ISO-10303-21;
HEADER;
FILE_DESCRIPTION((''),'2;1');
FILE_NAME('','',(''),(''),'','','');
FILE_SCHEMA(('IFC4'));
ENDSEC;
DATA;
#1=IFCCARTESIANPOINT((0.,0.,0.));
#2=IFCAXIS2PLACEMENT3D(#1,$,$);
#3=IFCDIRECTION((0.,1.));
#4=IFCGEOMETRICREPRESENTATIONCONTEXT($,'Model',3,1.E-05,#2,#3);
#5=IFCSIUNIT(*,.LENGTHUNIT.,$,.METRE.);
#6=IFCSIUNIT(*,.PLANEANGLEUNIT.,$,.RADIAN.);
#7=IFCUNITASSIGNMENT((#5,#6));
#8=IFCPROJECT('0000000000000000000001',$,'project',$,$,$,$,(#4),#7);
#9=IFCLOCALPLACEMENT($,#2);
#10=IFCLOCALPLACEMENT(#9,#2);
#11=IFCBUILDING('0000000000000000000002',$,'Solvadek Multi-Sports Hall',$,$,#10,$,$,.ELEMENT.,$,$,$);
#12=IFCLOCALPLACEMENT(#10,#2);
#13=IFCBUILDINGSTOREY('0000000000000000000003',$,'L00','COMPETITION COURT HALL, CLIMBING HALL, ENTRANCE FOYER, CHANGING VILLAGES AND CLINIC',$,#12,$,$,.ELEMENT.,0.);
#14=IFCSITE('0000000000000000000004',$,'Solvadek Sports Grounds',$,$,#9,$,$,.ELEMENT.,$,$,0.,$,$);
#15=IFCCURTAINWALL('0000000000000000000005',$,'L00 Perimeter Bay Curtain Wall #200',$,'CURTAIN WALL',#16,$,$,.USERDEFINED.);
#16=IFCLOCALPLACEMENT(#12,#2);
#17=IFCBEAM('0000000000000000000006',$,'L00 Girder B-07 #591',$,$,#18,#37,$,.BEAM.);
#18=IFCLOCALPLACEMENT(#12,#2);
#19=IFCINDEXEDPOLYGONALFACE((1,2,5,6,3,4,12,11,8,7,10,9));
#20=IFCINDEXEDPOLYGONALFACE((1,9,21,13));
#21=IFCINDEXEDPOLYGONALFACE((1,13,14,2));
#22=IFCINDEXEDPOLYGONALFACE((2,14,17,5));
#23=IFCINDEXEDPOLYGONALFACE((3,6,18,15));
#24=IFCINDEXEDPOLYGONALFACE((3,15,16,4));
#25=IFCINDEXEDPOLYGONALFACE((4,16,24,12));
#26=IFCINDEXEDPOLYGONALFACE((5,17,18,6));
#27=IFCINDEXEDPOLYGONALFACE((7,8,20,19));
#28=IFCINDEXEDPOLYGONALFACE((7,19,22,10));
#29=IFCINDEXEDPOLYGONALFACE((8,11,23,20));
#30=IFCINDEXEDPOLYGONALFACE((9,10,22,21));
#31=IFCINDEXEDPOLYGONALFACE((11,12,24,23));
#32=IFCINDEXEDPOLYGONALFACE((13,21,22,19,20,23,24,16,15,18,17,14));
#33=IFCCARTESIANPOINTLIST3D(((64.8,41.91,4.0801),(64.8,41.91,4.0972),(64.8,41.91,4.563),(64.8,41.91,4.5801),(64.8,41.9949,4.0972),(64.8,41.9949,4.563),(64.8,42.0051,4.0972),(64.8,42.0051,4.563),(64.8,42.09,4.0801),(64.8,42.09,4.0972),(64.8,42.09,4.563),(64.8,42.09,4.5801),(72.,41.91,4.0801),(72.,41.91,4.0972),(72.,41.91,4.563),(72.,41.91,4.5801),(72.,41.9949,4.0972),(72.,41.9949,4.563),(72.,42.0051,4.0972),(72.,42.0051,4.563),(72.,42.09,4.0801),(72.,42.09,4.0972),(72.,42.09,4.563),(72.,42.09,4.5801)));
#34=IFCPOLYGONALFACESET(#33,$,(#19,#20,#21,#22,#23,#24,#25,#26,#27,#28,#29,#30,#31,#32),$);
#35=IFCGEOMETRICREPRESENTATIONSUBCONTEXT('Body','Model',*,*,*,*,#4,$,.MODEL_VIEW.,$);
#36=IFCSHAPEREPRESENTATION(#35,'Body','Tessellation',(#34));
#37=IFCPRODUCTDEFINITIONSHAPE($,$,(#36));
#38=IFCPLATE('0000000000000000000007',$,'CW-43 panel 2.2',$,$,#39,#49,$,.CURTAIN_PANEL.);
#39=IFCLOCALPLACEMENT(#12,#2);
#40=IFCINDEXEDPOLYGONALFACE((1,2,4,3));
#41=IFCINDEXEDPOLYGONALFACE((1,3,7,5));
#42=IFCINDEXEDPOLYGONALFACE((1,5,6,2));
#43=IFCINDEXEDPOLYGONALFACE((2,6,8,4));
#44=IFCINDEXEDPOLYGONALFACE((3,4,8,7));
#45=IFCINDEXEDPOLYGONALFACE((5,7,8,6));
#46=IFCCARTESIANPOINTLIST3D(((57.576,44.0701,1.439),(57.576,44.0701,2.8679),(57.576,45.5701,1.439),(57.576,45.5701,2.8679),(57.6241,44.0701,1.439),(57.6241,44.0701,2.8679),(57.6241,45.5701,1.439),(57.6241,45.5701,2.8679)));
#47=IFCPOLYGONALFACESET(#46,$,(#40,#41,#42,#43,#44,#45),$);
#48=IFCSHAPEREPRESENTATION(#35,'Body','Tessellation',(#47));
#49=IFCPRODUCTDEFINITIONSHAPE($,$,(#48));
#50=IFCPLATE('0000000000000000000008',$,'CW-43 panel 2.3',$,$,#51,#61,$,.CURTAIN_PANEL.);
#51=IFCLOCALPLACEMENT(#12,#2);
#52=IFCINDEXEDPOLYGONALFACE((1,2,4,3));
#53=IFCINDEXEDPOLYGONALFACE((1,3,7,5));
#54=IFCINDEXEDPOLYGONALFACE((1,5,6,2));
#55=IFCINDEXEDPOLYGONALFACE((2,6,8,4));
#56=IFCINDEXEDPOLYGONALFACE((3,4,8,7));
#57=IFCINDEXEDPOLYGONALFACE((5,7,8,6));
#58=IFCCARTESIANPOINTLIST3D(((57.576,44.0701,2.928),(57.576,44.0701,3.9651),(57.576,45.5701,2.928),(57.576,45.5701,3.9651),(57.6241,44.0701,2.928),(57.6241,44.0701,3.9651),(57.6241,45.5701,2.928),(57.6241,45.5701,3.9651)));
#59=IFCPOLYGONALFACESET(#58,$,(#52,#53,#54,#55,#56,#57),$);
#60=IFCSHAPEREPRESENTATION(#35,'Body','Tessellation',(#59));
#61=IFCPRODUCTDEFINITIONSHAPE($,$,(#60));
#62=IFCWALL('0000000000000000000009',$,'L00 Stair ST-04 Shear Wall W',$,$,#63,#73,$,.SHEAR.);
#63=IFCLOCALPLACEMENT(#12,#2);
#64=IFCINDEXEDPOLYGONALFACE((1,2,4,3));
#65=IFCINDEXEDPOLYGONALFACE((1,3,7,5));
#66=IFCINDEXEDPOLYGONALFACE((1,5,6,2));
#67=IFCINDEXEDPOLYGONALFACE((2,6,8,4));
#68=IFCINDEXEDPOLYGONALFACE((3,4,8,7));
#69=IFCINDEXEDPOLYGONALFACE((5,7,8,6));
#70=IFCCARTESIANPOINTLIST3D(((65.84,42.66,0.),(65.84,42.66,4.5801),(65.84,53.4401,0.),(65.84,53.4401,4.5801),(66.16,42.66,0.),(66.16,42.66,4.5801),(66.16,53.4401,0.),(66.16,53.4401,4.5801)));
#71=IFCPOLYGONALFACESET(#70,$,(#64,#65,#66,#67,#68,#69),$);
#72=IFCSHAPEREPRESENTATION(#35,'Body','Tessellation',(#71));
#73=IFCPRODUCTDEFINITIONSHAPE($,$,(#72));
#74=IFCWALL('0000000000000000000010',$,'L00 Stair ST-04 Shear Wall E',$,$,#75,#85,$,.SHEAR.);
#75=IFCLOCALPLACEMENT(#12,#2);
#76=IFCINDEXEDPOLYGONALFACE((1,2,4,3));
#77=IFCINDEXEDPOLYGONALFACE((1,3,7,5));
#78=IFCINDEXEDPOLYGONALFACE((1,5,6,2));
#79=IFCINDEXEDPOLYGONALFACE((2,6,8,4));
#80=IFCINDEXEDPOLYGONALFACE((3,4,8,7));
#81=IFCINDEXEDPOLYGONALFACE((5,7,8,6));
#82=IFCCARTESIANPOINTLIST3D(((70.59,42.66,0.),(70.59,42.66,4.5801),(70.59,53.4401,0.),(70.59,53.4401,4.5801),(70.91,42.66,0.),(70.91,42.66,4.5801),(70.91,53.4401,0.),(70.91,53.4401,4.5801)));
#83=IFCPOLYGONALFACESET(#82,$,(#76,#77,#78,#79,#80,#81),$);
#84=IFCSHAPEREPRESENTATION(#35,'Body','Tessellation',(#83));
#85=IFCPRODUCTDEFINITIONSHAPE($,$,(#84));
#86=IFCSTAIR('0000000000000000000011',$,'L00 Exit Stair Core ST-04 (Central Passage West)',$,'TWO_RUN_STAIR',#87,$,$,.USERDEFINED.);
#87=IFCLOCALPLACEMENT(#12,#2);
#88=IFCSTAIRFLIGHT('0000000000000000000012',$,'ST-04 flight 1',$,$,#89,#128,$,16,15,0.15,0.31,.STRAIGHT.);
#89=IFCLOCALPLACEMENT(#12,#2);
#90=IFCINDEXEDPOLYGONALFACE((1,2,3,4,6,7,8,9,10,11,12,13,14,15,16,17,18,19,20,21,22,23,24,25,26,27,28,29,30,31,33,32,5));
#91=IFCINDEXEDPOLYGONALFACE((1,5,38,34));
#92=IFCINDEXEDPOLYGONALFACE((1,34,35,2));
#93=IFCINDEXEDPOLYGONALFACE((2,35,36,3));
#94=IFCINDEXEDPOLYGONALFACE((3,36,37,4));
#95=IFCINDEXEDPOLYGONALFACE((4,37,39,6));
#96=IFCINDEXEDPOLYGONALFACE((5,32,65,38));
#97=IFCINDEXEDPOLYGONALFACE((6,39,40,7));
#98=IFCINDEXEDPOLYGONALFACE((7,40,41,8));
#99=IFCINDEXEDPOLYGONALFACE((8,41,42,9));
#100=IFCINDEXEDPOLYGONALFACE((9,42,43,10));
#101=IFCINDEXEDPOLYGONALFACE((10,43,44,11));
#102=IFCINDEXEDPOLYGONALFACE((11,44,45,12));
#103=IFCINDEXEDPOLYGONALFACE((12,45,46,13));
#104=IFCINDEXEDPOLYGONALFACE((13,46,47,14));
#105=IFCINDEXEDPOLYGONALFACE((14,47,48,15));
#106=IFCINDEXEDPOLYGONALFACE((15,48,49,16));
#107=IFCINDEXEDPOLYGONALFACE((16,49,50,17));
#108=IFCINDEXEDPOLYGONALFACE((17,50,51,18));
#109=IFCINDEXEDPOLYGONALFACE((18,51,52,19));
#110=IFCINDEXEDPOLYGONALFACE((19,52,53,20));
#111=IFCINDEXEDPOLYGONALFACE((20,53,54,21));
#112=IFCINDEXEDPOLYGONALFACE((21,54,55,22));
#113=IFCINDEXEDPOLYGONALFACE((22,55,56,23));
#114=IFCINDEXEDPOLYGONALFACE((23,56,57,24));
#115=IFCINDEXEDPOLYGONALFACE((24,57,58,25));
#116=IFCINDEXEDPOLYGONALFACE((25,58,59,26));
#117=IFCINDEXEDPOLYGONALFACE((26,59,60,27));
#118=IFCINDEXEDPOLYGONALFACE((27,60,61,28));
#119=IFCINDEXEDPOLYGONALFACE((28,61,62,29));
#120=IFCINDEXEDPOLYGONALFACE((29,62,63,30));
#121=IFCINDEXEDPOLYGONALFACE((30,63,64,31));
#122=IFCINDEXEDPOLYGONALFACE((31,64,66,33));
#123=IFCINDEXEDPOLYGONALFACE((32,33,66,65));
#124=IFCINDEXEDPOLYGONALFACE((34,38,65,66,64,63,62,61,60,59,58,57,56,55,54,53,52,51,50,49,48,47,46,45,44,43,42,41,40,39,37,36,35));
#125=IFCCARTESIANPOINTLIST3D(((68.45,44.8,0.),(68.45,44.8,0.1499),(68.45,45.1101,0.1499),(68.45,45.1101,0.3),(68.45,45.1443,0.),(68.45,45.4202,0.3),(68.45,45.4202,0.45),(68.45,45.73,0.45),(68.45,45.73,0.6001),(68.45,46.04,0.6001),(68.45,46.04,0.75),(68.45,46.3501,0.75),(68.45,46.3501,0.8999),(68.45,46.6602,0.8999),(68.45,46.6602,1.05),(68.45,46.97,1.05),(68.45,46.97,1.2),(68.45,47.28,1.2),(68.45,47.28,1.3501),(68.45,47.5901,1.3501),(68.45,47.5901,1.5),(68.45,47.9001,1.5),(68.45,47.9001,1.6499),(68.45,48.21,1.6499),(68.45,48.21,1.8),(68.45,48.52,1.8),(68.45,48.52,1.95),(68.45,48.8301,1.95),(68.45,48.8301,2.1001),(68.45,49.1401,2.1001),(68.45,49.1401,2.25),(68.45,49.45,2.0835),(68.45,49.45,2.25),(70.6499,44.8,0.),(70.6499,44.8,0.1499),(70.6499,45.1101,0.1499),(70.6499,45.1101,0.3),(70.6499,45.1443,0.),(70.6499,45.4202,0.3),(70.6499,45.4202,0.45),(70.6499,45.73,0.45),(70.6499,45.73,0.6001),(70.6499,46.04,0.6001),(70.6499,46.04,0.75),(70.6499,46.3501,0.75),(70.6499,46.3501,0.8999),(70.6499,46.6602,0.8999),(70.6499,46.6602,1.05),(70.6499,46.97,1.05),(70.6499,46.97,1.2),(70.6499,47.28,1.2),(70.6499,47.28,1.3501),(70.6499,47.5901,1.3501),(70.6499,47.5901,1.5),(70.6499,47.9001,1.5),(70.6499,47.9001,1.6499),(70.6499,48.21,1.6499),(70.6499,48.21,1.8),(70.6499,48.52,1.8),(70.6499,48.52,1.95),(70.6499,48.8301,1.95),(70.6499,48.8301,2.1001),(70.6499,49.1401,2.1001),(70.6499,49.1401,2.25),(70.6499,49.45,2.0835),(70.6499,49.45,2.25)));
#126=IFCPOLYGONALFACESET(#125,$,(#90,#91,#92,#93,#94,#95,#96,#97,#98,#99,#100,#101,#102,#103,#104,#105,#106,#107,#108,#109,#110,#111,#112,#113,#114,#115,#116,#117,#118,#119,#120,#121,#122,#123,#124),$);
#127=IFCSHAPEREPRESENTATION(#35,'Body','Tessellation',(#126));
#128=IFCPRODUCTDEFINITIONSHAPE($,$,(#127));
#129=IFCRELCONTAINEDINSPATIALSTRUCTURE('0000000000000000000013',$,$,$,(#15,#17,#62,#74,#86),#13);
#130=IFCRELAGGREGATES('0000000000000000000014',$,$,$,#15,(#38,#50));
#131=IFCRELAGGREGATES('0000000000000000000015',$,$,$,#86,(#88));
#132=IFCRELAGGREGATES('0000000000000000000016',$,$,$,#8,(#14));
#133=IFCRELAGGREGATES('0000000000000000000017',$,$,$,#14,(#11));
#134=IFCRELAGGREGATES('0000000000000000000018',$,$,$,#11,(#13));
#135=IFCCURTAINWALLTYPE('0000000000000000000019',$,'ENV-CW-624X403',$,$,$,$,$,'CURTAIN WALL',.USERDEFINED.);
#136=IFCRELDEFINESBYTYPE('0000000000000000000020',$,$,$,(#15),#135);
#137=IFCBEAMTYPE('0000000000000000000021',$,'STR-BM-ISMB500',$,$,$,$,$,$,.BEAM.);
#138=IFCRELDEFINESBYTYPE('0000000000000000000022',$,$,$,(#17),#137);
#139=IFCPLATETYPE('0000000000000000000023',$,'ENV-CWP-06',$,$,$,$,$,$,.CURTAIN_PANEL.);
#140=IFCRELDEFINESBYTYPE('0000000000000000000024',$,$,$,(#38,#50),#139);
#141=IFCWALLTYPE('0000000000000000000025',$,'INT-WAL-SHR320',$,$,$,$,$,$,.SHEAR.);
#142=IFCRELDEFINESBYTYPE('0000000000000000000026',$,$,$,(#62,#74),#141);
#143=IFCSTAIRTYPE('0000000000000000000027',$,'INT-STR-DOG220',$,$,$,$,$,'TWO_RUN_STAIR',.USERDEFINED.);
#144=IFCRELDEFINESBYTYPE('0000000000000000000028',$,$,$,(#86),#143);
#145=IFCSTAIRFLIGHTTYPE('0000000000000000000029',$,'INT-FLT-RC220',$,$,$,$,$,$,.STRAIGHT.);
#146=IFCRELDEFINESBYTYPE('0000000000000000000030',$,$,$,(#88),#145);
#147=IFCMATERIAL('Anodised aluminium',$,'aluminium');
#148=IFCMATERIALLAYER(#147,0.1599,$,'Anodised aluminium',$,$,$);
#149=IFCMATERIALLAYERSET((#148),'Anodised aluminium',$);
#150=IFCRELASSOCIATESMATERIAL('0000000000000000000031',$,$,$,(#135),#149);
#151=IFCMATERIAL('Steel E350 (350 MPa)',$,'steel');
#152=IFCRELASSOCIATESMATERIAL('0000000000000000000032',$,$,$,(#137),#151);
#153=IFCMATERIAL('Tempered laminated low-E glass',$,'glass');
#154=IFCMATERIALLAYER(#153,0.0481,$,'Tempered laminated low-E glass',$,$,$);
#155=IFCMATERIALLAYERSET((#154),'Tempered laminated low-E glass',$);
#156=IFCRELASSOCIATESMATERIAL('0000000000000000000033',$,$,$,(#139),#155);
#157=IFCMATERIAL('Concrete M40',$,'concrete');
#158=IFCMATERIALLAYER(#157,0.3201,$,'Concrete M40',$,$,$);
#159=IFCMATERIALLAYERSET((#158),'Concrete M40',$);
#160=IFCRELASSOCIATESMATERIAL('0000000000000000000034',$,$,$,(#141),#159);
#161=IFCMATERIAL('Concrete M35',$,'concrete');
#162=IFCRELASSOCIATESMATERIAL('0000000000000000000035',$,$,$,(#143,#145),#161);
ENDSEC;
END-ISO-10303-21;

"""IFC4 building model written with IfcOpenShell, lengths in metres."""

from ifc_helpers import new_model, si_unit, direction, frame, frame_2d, origin, origin_2d, place, context, subcontext, project, spatial, polyline, rectangle, i_section, outline, extrude, material, layer, layer_set, material_profile, profile_set, type_object, element, aggregate, save


model = new_model("IFC4")

# Units and contexts
model_context = context("Model", 3, precision=1e-05, world=origin(), true_north=direction((0.0, 1.0)))
body_context = subcontext(model_context, "Body", "Model", "MODEL_VIEW")
ifc_project = project(units=[si_unit("LENGTHUNIT", "METRE"), si_unit("PLANEANGLEUNIT", "RADIAN")], contexts=[model_context])

# Site, building, storey
site_placement = place(None, origin())
site = spatial("IfcSite", under=ifc_project, at=site_placement, Name="Solvadek Sports Grounds", CompositionType="ELEMENT", RefElevation=0.0)
building_placement = place(site_placement, origin())
building = spatial("IfcBuilding", under=site, at=building_placement, Name="Solvadek Multi-Sports Hall", CompositionType="ELEMENT")
storey_placement = place(building_placement, origin())
storey = spatial("IfcBuildingStorey", under=building, at=storey_placement, Name="L00", Description="COMPETITION COURT HALL, CLIMBING HALL, ENTRANCE FOYER, CHANGING VILLAGES AND CLINIC", CompositionType="ELEMENT", Elevation=0.0)

# Shared definitions
ifc_material_1 = material(Name="Steel E350 (350 MPa)", Category="steel")

# Curtain wall
ifc_material_2 = material(Name="Anodised aluminium", Category="aluminium")
ifc_layer_1 = layer(ifc_material_2, 0.1599, Name="Anodised aluminium")
ifc_layer_set_1 = layer_set([ifc_layer_1], Name="Anodised aluminium")
curtain_wall_type = type_object("IfcCurtainWallType", Name="ENV-CW-624X403", ElementType="CURTAIN WALL", PredefinedType="USERDEFINED", material=ifc_layer_set_1)
curtain_wall_placement = place(storey_placement, origin())
curtain_wall = element("IfcCurtainWall", 1, at=curtain_wall_placement, inside=storey, type_object=curtain_wall_type, Name="L00 Perimeter Bay Curtain Wall #200", ObjectType="CURTAIN WALL", PredefinedType="USERDEFINED")

# Beam
ifc_material_profile_1 = material_profile(ifc_material_1, i_section(OverallWidth=0.1799, OverallDepth=0.5, WebThickness=0.0103, FlangeThickness=0.0171, at=origin_2d()), Name="ISMB 500")
ifc_profile_set_1 = profile_set([ifc_material_profile_1], Name="Steel E350 (350 MPa)")
beam_type_1 = type_object("IfcBeamType", Name="STR-BM-ISMB500", PredefinedType="BEAM", material=ifc_profile_set_1)
beam_placement = place(storey_placement, frame((64.8, 42.0, 4.3301), z_axis=(1.0, 0.0, 0.0), x_axis=(0.0, 1.0, 0.0)))
element("IfcBeam", 2, at=beam_placement, inside=storey, type_object=beam_type_1, Name="L00 Girder B-07 #591", PredefinedType="BEAM", context=body_context, shape_type="SweptSolid", body=[
    extrude(i_section(OverallWidth=0.1799, OverallDepth=0.5, WebThickness=0.0103, FlangeThickness=0.0171, at=origin_2d()), origin(), (0.0, 0.0, 1.0), 7.2),
])

# Plates
ifc_material_3 = material(Name="Tempered laminated low-E glass", Category="glass")
ifc_layer_2 = layer(ifc_material_3, 0.0481, Name="Tempered laminated low-E glass")
ifc_layer_set_2 = layer_set([ifc_layer_2], Name="Tempered laminated low-E glass")
plate_type = type_object("IfcPlateType", Name="ENV-CWP-06", PredefinedType="CURTAIN_PANEL", material=ifc_layer_set_2)
plate_1_placement = place(storey_placement, frame((57.6001, 44.8201, 1.439), z_axis=(0.0, 0.0, 1.0), x_axis=(0.0, 1.0, 0.0)))
plate_1 = element("IfcPlate", 3, at=plate_1_placement, type_object=plate_type, Name="CW-43 panel 2.2", PredefinedType="CURTAIN_PANEL", context=body_context, shape_type="SweptSolid", body=[
    extrude(rectangle(XDim=1.5, YDim=0.0481, at=origin_2d()), origin(), (0.0, 0.0, 1.0), 1.429),
])
plate_2_placement = place(storey_placement, frame((57.6001, 44.8201, 2.928), z_axis=(0.0, 0.0, 1.0), x_axis=(0.0, 1.0, 0.0)))
plate_2 = element("IfcPlate", 4, at=plate_2_placement, type_object=plate_type, Name="CW-43 panel 2.3", PredefinedType="CURTAIN_PANEL", context=body_context, shape_type="SweptSolid", body=[
    extrude(rectangle(XDim=1.5, YDim=0.0481, at=origin_2d()), origin(), (0.0, 0.0, 1.0), 1.0371),
])
aggregate(curtain_wall, [plate_1, plate_2])

# Shared definitions
ifc_material_4 = material(Name="Concrete M40", Category="concrete")
ifc_layer_3 = layer(ifc_material_4, 0.3201, Name="Concrete M40")
ifc_layer_set_3 = layer_set([ifc_layer_3], Name="Concrete M40")
wall_type = type_object("IfcWallType", Name="INT-WAL-SHR320", PredefinedType="SHEAR", material=ifc_layer_set_3)

# Walls
for number, where, z_axis, x_axis, name in (
    (5, (66.0, 42.6599, 0.0), (0.0, 0.0, 1.0), (0.0, 1.0, 0.0), "L00 Stair ST-04 Shear Wall W"),
    (6, (70.75, 42.6599, 0.0), (0.0, 0.0, 1.0), (0.0, 1.0, 0.0), "L00 Stair ST-04 Shear Wall E"),
):
    element("IfcWall", number, at=place(storey_placement, frame(where, z_axis=z_axis, x_axis=x_axis)), inside=storey, type_object=wall_type, Name=name, PredefinedType="SHEAR", context=body_context, shape_type="SweptSolid", body=[
        extrude(rectangle(XDim=10.78, YDim=0.3201, at=frame_2d((5.3901, 0.0))), origin(), (0.0, 0.0, 1.0), 4.5801),
    ])

# Stair, stair flight
ifc_material_5 = material(Name="Concrete M35", Category="concrete")
stair_type = type_object("IfcStairType", Name="INT-STR-DOG220", ElementType="TWO_RUN_STAIR", PredefinedType="USERDEFINED", material=ifc_material_5)
stair_placement = place(storey_placement, origin())
stair = element("IfcStair", 7, at=stair_placement, inside=storey, type_object=stair_type, Name="L00 Exit Stair Core ST-04 (Central Passage West)", ObjectType="TWO_RUN_STAIR", PredefinedType="USERDEFINED")
stair_flight_type = type_object("IfcStairFlightType", Name="INT-FLT-RC220", PredefinedType="STRAIGHT", material=ifc_material_5)
stair_flight_placement = place(storey_placement, frame((69.55, 44.8, 0.0), z_axis=(0.0, 0.0, 1.0), x_axis=(0.0, 1.0, 0.0)))
stair_flight = element("IfcStairFlight", 8, at=stair_flight_placement, type_object=stair_flight_type, Name="ST-04 flight 1", NumberOfRisers=16, NumberOfTreads=15, PredefinedType="STRAIGHT", RiserHeight=0.15, TreadLength=0.31, context=body_context, shape_type="SweptSolid", body=[
    extrude(outline(polyline([(0.0, 0.0), (0.0, 0.1499), (0.3101, 0.1499), (0.3101, 0.3), (0.6201, 0.3), (0.6201, 0.45), (0.9299, 0.45), (0.9299, 0.6001), (1.24, 0.6001), (1.24, 0.75), (1.55, 0.75), (1.55, 0.8999), (1.8601, 0.8999), (1.8601, 1.05), (2.1699, 1.05), (2.1699, 1.2), (2.48, 1.2), (2.48, 1.3501), (2.79, 1.3501), (2.79, 1.5), (3.1001, 1.5), (3.1001, 1.6499), (3.4099, 1.6499), (3.4099, 1.8), (3.72, 1.8), (3.72, 1.95), (4.03, 1.95), (4.03, 2.1001), (4.3401, 2.1001), (4.3401, 2.25), (4.6499, 2.25), (4.6499, 2.3999), (4.6499, 2.0835), (0.3442, 0.0), (0.0, 0.0)])), frame((0.0, 1.1001, 0.0), z_axis=(0.0, -1.0, 0.0), x_axis=(1.0, 0.0, 0.0)), (0.0, 0.0, 1.0), 2.2),
])
aggregate(stair, [stair_flight])

save(model, "model.ifc")
